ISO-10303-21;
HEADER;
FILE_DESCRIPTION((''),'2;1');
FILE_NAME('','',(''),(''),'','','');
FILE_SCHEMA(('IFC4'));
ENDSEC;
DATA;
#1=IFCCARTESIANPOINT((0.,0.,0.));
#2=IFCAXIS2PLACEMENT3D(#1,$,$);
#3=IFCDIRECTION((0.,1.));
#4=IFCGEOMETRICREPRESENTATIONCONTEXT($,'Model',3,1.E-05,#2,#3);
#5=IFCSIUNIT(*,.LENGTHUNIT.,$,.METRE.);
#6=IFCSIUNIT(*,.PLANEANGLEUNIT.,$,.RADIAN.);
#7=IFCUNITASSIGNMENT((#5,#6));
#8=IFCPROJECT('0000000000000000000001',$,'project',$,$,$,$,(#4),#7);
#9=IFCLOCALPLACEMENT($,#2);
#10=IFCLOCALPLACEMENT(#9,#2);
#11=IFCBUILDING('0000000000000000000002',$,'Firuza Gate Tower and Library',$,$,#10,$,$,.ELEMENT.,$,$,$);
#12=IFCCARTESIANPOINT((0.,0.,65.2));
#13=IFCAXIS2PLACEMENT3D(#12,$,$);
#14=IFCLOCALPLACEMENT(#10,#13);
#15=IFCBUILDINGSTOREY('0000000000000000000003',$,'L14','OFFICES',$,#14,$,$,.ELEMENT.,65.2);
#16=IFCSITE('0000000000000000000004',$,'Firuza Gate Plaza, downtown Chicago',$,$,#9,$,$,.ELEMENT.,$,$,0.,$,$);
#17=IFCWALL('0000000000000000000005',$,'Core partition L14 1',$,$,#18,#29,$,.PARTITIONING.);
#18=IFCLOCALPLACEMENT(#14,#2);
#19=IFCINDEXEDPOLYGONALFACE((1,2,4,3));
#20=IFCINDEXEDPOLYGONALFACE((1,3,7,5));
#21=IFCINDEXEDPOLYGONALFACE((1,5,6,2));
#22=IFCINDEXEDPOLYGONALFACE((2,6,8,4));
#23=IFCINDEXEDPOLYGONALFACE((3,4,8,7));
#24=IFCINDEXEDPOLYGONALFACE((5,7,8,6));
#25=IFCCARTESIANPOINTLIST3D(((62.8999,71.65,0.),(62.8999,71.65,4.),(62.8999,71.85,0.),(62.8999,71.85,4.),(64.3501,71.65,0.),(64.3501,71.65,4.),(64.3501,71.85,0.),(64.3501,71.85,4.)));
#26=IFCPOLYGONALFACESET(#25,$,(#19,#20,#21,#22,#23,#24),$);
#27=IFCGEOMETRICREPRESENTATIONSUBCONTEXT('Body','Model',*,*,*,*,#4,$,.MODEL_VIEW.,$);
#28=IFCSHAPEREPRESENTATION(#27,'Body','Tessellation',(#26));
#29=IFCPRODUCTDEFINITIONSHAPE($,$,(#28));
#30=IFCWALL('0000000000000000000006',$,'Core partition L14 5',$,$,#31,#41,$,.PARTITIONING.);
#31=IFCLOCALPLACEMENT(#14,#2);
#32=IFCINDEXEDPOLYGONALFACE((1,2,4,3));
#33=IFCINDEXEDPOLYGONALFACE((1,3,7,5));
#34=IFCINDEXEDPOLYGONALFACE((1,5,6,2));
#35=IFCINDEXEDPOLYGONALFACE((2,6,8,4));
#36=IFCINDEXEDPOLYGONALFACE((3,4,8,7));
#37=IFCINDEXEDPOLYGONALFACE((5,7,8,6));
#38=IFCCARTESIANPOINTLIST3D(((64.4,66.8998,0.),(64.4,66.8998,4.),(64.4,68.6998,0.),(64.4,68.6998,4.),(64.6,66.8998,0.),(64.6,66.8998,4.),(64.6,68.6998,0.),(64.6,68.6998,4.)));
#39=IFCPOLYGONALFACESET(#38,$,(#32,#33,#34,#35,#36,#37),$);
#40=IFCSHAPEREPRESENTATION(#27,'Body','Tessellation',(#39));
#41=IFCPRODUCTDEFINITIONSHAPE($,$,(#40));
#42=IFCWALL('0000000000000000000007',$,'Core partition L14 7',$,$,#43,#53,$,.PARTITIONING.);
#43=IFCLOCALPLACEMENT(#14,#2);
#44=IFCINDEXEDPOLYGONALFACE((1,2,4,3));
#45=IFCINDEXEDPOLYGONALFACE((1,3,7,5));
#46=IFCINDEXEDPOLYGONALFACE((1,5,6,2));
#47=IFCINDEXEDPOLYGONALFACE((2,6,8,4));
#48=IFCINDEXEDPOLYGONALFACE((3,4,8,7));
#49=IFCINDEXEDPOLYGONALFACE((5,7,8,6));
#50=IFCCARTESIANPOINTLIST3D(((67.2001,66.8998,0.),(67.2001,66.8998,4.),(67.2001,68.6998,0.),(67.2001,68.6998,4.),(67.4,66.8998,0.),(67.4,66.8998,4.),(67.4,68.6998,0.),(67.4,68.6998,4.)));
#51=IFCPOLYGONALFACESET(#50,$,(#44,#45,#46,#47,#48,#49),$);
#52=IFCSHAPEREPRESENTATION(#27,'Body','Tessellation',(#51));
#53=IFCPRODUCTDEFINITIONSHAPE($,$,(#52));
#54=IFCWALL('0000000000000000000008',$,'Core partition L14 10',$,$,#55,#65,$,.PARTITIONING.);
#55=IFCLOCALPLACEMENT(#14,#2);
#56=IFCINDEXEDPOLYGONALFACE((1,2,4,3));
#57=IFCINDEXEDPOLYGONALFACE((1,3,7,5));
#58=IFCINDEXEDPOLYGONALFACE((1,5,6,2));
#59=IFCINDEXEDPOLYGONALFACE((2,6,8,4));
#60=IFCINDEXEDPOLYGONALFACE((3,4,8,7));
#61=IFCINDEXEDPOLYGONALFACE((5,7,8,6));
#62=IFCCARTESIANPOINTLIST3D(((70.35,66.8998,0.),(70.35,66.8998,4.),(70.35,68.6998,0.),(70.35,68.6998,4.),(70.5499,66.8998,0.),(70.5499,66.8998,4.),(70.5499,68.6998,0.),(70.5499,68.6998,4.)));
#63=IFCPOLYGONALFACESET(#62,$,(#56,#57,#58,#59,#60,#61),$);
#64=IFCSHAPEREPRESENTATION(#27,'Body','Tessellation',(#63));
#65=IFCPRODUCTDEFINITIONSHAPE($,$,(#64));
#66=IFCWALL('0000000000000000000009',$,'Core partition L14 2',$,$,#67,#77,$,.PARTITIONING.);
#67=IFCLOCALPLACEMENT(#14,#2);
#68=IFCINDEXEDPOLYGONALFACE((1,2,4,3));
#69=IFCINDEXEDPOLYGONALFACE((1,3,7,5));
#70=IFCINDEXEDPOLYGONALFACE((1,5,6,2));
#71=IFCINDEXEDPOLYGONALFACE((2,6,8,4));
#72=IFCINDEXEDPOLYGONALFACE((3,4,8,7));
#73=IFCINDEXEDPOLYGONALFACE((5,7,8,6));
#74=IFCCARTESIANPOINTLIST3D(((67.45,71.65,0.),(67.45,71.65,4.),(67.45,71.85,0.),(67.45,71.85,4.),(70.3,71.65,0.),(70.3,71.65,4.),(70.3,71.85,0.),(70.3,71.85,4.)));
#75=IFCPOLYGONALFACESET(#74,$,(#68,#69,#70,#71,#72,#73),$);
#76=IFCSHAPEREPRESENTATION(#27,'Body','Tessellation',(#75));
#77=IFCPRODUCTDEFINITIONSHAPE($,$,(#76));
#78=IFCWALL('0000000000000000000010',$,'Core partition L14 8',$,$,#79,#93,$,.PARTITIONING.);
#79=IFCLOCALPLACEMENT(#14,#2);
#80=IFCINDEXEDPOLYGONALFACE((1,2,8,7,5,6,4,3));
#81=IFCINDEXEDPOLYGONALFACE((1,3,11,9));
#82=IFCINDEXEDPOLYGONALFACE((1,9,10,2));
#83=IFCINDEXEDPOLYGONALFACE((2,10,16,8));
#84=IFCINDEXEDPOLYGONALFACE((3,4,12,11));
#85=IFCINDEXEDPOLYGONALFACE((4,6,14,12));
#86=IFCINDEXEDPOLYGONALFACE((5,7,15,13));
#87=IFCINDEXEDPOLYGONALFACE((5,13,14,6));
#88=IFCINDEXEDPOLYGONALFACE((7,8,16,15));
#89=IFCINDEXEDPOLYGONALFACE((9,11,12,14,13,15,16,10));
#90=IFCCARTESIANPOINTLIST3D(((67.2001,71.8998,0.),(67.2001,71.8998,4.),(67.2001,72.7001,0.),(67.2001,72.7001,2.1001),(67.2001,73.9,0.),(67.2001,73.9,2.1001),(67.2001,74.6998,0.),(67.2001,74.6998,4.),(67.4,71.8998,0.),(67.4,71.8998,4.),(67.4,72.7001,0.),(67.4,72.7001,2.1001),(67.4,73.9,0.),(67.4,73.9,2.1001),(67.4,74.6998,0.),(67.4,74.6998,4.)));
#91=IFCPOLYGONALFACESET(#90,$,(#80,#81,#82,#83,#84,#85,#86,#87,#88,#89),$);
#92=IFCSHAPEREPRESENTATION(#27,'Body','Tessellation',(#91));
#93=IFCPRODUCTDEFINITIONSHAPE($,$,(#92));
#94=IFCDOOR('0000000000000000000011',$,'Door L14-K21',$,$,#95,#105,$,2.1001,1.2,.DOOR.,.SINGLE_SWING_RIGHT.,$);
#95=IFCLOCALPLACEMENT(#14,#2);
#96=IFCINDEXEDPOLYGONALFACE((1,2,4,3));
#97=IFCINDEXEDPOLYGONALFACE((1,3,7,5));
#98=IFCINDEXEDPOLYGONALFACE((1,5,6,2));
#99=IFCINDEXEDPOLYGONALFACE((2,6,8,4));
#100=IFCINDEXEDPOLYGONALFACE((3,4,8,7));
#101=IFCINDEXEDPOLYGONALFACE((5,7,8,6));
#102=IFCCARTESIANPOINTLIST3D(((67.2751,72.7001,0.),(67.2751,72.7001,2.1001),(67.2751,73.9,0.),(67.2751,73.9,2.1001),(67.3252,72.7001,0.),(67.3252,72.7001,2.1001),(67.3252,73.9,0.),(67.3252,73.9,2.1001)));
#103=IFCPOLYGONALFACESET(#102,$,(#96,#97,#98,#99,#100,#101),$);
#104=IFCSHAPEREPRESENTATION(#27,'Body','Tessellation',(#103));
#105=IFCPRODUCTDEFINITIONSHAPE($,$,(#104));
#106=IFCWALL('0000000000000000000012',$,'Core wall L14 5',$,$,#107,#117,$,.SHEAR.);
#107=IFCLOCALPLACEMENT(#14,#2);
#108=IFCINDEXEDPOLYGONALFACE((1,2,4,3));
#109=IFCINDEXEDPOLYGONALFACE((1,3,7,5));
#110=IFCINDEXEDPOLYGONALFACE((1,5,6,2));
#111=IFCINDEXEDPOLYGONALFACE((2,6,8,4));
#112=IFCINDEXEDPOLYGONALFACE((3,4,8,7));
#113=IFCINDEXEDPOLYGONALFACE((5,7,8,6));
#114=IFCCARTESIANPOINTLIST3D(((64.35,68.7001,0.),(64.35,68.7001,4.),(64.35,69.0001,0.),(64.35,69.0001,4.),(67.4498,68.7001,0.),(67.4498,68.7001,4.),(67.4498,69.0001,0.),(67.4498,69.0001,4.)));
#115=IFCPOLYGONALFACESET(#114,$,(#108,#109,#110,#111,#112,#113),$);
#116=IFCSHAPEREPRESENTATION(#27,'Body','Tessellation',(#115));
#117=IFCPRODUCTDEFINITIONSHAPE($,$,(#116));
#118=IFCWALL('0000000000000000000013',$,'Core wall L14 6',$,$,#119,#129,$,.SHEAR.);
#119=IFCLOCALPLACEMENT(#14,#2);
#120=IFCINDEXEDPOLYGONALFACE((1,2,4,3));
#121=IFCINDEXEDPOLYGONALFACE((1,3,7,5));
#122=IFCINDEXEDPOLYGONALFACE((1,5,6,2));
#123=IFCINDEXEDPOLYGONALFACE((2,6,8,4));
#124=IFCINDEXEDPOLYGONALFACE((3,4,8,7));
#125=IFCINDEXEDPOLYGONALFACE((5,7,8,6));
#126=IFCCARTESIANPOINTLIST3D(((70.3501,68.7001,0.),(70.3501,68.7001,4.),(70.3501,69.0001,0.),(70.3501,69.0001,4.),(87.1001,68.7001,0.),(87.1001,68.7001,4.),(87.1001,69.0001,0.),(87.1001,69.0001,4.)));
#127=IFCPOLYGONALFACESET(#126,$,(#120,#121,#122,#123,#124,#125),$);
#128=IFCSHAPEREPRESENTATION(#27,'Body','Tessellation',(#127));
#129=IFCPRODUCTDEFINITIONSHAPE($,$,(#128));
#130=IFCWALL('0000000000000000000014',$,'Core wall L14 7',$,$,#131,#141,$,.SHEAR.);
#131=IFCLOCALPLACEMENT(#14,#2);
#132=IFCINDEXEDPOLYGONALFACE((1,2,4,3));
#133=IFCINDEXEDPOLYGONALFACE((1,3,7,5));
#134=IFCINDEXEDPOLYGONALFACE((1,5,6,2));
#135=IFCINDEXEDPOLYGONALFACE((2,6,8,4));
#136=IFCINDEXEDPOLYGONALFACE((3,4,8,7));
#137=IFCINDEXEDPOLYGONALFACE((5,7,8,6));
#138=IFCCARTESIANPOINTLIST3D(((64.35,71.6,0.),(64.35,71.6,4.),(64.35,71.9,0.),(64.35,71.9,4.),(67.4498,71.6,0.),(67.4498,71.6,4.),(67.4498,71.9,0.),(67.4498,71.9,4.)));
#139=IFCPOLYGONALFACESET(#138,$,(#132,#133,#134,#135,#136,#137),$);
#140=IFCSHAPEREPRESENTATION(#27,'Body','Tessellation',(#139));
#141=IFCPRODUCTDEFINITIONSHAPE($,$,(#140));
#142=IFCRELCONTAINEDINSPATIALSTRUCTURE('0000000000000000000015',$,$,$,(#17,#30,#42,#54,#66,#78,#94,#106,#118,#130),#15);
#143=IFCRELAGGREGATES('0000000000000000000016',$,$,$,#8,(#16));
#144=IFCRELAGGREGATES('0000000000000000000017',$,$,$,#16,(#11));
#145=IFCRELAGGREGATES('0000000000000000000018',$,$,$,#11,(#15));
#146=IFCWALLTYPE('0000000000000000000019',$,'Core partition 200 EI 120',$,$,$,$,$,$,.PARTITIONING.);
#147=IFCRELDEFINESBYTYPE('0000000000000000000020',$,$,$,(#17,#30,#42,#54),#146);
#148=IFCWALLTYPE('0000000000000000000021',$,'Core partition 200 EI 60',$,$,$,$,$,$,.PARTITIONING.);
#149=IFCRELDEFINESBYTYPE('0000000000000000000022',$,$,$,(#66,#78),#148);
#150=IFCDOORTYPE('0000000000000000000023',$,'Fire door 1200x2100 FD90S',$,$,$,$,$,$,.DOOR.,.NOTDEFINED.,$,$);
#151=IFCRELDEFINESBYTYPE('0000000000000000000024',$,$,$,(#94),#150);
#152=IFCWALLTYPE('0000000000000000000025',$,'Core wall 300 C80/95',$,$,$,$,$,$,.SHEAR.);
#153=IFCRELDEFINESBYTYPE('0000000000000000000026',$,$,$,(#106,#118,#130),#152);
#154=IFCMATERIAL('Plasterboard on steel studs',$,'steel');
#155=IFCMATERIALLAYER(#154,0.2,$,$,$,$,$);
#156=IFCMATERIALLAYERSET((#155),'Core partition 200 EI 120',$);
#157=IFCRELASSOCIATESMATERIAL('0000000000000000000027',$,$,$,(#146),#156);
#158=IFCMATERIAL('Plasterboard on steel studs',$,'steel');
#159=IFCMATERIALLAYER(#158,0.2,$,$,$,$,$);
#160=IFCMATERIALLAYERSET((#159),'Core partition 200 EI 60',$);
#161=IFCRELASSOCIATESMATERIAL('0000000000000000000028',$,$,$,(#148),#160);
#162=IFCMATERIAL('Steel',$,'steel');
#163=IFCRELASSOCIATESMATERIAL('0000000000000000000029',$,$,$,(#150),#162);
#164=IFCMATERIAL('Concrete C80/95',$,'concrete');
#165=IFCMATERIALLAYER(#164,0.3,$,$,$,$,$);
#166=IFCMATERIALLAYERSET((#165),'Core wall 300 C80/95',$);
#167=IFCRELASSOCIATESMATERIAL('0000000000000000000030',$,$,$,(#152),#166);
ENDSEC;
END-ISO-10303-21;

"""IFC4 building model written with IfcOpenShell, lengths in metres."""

from ifc_helpers import new_model, si_unit, direction, frame, frame_2d, origin, place, context, subcontext, project, spatial, rectangle, extrude, material, layer, layer_set, type_object, element, fill, save


model = new_model("IFC4")

# Units and contexts
model_context = context("Model", 3, precision=1e-05, world=origin(), true_north=direction((0.0, 1.0)))
body_context = subcontext(model_context, "Body", "Model", "MODEL_VIEW")
ifc_project = project(units=[si_unit("LENGTHUNIT", "METRE"), si_unit("PLANEANGLEUNIT", "RADIAN")], contexts=[model_context])

# Site, building, storey
site_placement = place(None, origin())
site = spatial("IfcSite", under=ifc_project, at=site_placement, Name="Firuza Gate Plaza, downtown Chicago", CompositionType="ELEMENT", RefElevation=0.0)
building_placement = place(site_placement, origin())
building = spatial("IfcBuilding", under=site, at=building_placement, Name="Firuza Gate Tower and Library", CompositionType="ELEMENT")
storey_placement = place(building_placement, frame((0.0, 0.0, 65.2)))
storey = spatial("IfcBuildingStorey", under=building, at=storey_placement, Name="L14", Description="OFFICES", CompositionType="ELEMENT", Elevation=65.2)

# Walls
ifc_material_1 = material(Name="Plasterboard on steel studs", Category="steel")
ifc_layer_1 = layer(ifc_material_1, 0.2)
ifc_layer_set_1 = layer_set([ifc_layer_1], Name="Core partition 200 EI 120")
wall_type_1 = type_object("IfcWallType", Name="Core partition 200 EI 120", PredefinedType="PARTITIONING", material=ifc_layer_set_1)
wall_1_placement = place(storey_placement, frame((62.8999, 71.75, 0.0), z_axis=(0.0, 0.0, 1.0), x_axis=(1.0, 0.0, 0.0)))
element("IfcWall", 1, at=wall_1_placement, inside=storey, type_object=wall_type_1, Name="Core partition L14 1", PredefinedType="PARTITIONING", context=body_context, shape_type="SweptSolid", body=[
    extrude(rectangle(XDim=1.4502, YDim=0.2, at=frame_2d((0.7251, 0.0))), origin(), (0.0, 0.0, 1.0), 4.0),
])
for number, where, z_axis, x_axis, name in (
    (2, (64.5, 66.8999, 0.0), (0.0, 0.0, 1.0), (0.0, 1.0, 0.0), "Core partition L14 5"),
    (3, (67.3, 66.8999, 0.0), (0.0, 0.0, 1.0), (0.0, 1.0, 0.0), "Core partition L14 7"),
    (4, (70.45, 66.8999, 0.0), (0.0, 0.0, 1.0), (0.0, 1.0, 0.0), "Core partition L14 10"),
):
    element("IfcWall", number, at=place(storey_placement, frame(where, z_axis=z_axis, x_axis=x_axis)), inside=storey, type_object=wall_type_1, Name=name, PredefinedType="PARTITIONING", context=body_context, shape_type="SweptSolid", body=[
        extrude(rectangle(XDim=1.8, YDim=0.2, at=frame_2d((0.8999, 0.0))), origin(), (0.0, 0.0, 1.0), 4.0),
    ])
ifc_material_2 = material(Name="Plasterboard on steel studs", Category="steel")
ifc_layer_2 = layer(ifc_material_2, 0.2)
ifc_layer_set_2 = layer_set([ifc_layer_2], Name="Core partition 200 EI 60")
wall_type_2 = type_object("IfcWallType", Name="Core partition 200 EI 60", PredefinedType="PARTITIONING", material=ifc_layer_set_2)
wall_2_placement = place(storey_placement, frame((67.45, 71.75, 0.0), z_axis=(0.0, 0.0, 1.0), x_axis=(1.0, 0.0, 0.0)))
element("IfcWall", 5, at=wall_2_placement, inside=storey, type_object=wall_type_2, Name="Core partition L14 2", PredefinedType="PARTITIONING", context=body_context, shape_type="SweptSolid", body=[
    extrude(rectangle(XDim=2.8501, YDim=0.2, at=frame_2d((1.425, 0.0))), origin(), (0.0, 0.0, 1.0), 4.0),
])

# Wall, opening, door
wall_3_placement = place(storey_placement, frame((67.3, 71.8999, 0.0), z_axis=(0.0, 0.0, 1.0), x_axis=(0.0, 1.0, 0.0)))
wall_3 = element("IfcWall", 6, at=wall_3_placement, inside=storey, type_object=wall_type_2, Name="Core partition L14 8", PredefinedType="PARTITIONING", context=body_context, shape_type="SweptSolid", body=[
    extrude(rectangle(XDim=2.8, YDim=0.2, at=frame_2d((1.3999, 0.0))), origin(), (0.0, 0.0, 1.0), 4.0),
])
opening_1_placement = place(wall_3_placement, frame((0.8, 0.0, 0.0)))
opening_1 = element("IfcOpeningElement", 7, at=opening_1_placement, cuts=wall_3, PredefinedType="OPENING", context=body_context, shape_type="SweptSolid", body=[
    extrude(rectangle(XDim=1.2, YDim=2.1001, at=frame_2d((0.6001, 1.05))), frame((0.0, 0.1099, 0.0), z_axis=(0.0, -1.0, 0.0), x_axis=(1.0, 0.0, 0.0)), (0.0, 0.0, 1.0), 0.22),
])
ifc_material_3 = material(Name="Steel", Category="steel")
door_type_1 = type_object("IfcDoorType", Name="Fire door 1200x2100 FD90S", OperationType="NOTDEFINED", PredefinedType="DOOR", material=ifc_material_3)
door_1_placement = place(opening_1_placement, origin())
door_1 = element("IfcDoor", 8, at=door_1_placement, inside=storey, type_object=door_type_1, Name="Door L14-K21", OperationType="SINGLE_SWING_RIGHT", OverallHeight=2.1001, OverallWidth=1.2, PredefinedType="DOOR", context=body_context, shape_type="SweptSolid", body=[
    extrude(rectangle(XDim=1.2, YDim=2.1001, at=frame_2d((0.6001, 1.05))), frame((0.0, 0.0249, 0.0), z_axis=(0.0, -1.0, 0.0), x_axis=(1.0, 0.0, 0.0)), (0.0, 0.0, 1.0), 0.05),
])
fill(opening_1, door_1)

# Walls
ifc_material_4 = material(Name="Concrete C80/95", Category="concrete")
ifc_layer_3 = layer(ifc_material_4, 0.3)
ifc_layer_set_3 = layer_set([ifc_layer_3], Name="Core wall 300 C80/95")
wall_type_3 = type_object("IfcWallType", Name="Core wall 300 C80/95", PredefinedType="SHEAR", material=ifc_layer_set_3)
wall_4_placement = place(storey_placement, frame((64.3501, 68.8501, 0.0), z_axis=(0.0, 0.0, 1.0), x_axis=(1.0, 0.0, 0.0)))
element("IfcWall", 9, at=wall_4_placement, inside=storey, type_object=wall_type_3, Name="Core wall L14 5", PredefinedType="SHEAR", context=body_context, shape_type="SweptSolid", body=[
    extrude(rectangle(XDim=3.0999, YDim=0.3, at=frame_2d((1.5498, 0.0))), origin(), (0.0, 0.0, 1.0), 4.0),
])
wall_5_placement = place(storey_placement, frame((70.3501, 68.8501, 0.0), z_axis=(0.0, 0.0, 1.0), x_axis=(1.0, 0.0, 0.0)))
element("IfcWall", 10, at=wall_5_placement, inside=storey, type_object=wall_type_3, Name="Core wall L14 6", PredefinedType="SHEAR", context=body_context, shape_type="SweptSolid", body=[
    extrude(rectangle(XDim=16.75, YDim=0.3, at=frame_2d((8.375, 0.0))), origin(), (0.0, 0.0, 1.0), 4.0),
])
wall_6_placement = place(storey_placement, frame((64.3501, 71.75, 0.0), z_axis=(0.0, 0.0, 1.0), x_axis=(1.0, 0.0, 0.0)))
element("IfcWall", 11, at=wall_6_placement, inside=storey, type_object=wall_type_3, Name="Core wall L14 7", PredefinedType="SHEAR", context=body_context, shape_type="SweptSolid", body=[
    extrude(rectangle(XDim=3.0999, YDim=0.3, at=frame_2d((1.5498, 0.0))), origin(), (0.0, 0.0, 1.0), 4.0),
])

save(model, "model.ifc")
